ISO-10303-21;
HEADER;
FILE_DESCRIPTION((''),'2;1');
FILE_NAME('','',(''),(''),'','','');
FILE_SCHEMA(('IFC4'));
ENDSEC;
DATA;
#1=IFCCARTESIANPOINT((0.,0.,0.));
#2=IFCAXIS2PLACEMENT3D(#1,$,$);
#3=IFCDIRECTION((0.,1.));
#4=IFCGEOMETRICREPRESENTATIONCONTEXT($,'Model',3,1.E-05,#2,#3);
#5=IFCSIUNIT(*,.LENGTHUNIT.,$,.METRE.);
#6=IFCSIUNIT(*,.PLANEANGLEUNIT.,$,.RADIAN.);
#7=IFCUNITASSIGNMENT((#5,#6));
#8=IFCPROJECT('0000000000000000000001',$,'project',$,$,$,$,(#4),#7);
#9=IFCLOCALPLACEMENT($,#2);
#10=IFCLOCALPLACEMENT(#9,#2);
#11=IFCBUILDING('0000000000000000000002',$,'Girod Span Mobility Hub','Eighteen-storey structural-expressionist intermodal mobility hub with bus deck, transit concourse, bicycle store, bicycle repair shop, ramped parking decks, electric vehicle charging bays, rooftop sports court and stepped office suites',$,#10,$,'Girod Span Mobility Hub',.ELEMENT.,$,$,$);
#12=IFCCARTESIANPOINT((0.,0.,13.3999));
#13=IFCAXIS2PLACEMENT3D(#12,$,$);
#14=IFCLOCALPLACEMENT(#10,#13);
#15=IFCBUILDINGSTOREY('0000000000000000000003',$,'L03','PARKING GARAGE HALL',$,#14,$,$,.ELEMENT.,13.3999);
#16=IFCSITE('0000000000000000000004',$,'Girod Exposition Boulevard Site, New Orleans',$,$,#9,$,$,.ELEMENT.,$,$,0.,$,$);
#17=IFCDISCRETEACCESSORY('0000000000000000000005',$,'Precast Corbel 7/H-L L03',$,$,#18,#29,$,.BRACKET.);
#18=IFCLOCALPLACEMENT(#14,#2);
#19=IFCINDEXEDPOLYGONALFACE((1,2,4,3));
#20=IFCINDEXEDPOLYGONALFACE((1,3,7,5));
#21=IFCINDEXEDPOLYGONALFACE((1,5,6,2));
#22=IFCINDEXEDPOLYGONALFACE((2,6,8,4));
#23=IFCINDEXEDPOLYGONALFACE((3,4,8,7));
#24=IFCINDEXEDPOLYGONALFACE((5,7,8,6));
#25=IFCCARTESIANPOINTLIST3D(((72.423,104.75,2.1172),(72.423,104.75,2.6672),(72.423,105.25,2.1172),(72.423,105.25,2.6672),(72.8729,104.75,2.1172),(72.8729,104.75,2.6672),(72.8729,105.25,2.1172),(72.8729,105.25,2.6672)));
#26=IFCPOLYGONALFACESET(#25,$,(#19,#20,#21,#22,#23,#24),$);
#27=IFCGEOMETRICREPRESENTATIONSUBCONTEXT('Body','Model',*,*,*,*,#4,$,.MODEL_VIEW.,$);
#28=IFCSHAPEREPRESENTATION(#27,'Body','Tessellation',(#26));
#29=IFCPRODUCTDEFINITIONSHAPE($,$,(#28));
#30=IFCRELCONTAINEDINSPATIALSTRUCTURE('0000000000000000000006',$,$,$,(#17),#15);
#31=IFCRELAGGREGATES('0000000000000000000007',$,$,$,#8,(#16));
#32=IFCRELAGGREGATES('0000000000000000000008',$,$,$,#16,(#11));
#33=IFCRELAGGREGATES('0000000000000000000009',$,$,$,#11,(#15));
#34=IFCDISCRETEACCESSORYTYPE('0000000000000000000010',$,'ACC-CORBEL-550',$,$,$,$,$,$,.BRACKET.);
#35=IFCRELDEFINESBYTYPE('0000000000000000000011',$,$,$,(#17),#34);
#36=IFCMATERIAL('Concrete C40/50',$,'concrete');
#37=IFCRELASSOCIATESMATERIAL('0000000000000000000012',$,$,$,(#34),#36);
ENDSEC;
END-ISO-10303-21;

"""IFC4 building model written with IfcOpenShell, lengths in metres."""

from ifc_helpers import new_model, si_unit, direction, frame, origin, origin_2d, place, context, subcontext, project, spatial, rectangle, extrude, material, type_object, element, save


model = new_model("IFC4")

# Units and contexts
model_context = context("Model", 3, precision=1e-05, world=origin(), true_north=direction((0.0, 1.0)))
body_context = subcontext(model_context, "Body", "Model", "MODEL_VIEW")
ifc_project = project(units=[si_unit("LENGTHUNIT", "METRE"), si_unit("PLANEANGLEUNIT", "RADIAN")], contexts=[model_context])

# Site, building, storey
site_placement = place(None, origin())
site = spatial("IfcSite", under=ifc_project, at=site_placement, Name="Girod Exposition Boulevard Site, New Orleans", CompositionType="ELEMENT", RefElevation=0.0)
building_placement = place(site_placement, origin())
building = spatial("IfcBuilding", under=site, at=building_placement, Name="Girod Span Mobility Hub", Description="Eighteen-storey structural-expressionist intermodal mobility hub with bus deck, transit concourse, bicycle store, bicycle repair shop, ramped parking decks, electric vehicle charging bays, rooftop sports court and stepped office suites", LongName="Girod Span Mobility Hub", CompositionType="ELEMENT")
storey_placement = place(building_placement, frame((0.0, 0.0, 13.3999)))
storey = spatial("IfcBuildingStorey", under=building, at=storey_placement, Name="L03", Description="PARKING GARAGE HALL", CompositionType="ELEMENT", Elevation=13.3999)

# Discrete accessory
ifc_material_1 = material(Name="Concrete C40/50", Category="concrete")
discrete_accessory_type = type_object("IfcDiscreteAccessoryType", Name="ACC-CORBEL-550", PredefinedType="BRACKET", material=ifc_material_1)
for number, where, z_axis, x_axis, name in (
    (1, (72.6479, 105.0, 2.1172), (0.0, 0.0, 1.0), (1.0, 0.0, 0.0), "Precast Corbel 7/H-L L03"),
):
    element("IfcDiscreteAccessory", number, at=place(storey_placement, frame(where, z_axis=z_axis, x_axis=x_axis)), inside=storey, type_object=discrete_accessory_type, Name=name, PredefinedType="BRACKET", context=body_context, shape_type="SweptSolid", body=[
        extrude(rectangle(XDim=0.45, YDim=0.5, at=origin_2d()), origin(), (0.0, 0.0, 1.0), 0.55),
    ])

save(model, "model.ifc")
